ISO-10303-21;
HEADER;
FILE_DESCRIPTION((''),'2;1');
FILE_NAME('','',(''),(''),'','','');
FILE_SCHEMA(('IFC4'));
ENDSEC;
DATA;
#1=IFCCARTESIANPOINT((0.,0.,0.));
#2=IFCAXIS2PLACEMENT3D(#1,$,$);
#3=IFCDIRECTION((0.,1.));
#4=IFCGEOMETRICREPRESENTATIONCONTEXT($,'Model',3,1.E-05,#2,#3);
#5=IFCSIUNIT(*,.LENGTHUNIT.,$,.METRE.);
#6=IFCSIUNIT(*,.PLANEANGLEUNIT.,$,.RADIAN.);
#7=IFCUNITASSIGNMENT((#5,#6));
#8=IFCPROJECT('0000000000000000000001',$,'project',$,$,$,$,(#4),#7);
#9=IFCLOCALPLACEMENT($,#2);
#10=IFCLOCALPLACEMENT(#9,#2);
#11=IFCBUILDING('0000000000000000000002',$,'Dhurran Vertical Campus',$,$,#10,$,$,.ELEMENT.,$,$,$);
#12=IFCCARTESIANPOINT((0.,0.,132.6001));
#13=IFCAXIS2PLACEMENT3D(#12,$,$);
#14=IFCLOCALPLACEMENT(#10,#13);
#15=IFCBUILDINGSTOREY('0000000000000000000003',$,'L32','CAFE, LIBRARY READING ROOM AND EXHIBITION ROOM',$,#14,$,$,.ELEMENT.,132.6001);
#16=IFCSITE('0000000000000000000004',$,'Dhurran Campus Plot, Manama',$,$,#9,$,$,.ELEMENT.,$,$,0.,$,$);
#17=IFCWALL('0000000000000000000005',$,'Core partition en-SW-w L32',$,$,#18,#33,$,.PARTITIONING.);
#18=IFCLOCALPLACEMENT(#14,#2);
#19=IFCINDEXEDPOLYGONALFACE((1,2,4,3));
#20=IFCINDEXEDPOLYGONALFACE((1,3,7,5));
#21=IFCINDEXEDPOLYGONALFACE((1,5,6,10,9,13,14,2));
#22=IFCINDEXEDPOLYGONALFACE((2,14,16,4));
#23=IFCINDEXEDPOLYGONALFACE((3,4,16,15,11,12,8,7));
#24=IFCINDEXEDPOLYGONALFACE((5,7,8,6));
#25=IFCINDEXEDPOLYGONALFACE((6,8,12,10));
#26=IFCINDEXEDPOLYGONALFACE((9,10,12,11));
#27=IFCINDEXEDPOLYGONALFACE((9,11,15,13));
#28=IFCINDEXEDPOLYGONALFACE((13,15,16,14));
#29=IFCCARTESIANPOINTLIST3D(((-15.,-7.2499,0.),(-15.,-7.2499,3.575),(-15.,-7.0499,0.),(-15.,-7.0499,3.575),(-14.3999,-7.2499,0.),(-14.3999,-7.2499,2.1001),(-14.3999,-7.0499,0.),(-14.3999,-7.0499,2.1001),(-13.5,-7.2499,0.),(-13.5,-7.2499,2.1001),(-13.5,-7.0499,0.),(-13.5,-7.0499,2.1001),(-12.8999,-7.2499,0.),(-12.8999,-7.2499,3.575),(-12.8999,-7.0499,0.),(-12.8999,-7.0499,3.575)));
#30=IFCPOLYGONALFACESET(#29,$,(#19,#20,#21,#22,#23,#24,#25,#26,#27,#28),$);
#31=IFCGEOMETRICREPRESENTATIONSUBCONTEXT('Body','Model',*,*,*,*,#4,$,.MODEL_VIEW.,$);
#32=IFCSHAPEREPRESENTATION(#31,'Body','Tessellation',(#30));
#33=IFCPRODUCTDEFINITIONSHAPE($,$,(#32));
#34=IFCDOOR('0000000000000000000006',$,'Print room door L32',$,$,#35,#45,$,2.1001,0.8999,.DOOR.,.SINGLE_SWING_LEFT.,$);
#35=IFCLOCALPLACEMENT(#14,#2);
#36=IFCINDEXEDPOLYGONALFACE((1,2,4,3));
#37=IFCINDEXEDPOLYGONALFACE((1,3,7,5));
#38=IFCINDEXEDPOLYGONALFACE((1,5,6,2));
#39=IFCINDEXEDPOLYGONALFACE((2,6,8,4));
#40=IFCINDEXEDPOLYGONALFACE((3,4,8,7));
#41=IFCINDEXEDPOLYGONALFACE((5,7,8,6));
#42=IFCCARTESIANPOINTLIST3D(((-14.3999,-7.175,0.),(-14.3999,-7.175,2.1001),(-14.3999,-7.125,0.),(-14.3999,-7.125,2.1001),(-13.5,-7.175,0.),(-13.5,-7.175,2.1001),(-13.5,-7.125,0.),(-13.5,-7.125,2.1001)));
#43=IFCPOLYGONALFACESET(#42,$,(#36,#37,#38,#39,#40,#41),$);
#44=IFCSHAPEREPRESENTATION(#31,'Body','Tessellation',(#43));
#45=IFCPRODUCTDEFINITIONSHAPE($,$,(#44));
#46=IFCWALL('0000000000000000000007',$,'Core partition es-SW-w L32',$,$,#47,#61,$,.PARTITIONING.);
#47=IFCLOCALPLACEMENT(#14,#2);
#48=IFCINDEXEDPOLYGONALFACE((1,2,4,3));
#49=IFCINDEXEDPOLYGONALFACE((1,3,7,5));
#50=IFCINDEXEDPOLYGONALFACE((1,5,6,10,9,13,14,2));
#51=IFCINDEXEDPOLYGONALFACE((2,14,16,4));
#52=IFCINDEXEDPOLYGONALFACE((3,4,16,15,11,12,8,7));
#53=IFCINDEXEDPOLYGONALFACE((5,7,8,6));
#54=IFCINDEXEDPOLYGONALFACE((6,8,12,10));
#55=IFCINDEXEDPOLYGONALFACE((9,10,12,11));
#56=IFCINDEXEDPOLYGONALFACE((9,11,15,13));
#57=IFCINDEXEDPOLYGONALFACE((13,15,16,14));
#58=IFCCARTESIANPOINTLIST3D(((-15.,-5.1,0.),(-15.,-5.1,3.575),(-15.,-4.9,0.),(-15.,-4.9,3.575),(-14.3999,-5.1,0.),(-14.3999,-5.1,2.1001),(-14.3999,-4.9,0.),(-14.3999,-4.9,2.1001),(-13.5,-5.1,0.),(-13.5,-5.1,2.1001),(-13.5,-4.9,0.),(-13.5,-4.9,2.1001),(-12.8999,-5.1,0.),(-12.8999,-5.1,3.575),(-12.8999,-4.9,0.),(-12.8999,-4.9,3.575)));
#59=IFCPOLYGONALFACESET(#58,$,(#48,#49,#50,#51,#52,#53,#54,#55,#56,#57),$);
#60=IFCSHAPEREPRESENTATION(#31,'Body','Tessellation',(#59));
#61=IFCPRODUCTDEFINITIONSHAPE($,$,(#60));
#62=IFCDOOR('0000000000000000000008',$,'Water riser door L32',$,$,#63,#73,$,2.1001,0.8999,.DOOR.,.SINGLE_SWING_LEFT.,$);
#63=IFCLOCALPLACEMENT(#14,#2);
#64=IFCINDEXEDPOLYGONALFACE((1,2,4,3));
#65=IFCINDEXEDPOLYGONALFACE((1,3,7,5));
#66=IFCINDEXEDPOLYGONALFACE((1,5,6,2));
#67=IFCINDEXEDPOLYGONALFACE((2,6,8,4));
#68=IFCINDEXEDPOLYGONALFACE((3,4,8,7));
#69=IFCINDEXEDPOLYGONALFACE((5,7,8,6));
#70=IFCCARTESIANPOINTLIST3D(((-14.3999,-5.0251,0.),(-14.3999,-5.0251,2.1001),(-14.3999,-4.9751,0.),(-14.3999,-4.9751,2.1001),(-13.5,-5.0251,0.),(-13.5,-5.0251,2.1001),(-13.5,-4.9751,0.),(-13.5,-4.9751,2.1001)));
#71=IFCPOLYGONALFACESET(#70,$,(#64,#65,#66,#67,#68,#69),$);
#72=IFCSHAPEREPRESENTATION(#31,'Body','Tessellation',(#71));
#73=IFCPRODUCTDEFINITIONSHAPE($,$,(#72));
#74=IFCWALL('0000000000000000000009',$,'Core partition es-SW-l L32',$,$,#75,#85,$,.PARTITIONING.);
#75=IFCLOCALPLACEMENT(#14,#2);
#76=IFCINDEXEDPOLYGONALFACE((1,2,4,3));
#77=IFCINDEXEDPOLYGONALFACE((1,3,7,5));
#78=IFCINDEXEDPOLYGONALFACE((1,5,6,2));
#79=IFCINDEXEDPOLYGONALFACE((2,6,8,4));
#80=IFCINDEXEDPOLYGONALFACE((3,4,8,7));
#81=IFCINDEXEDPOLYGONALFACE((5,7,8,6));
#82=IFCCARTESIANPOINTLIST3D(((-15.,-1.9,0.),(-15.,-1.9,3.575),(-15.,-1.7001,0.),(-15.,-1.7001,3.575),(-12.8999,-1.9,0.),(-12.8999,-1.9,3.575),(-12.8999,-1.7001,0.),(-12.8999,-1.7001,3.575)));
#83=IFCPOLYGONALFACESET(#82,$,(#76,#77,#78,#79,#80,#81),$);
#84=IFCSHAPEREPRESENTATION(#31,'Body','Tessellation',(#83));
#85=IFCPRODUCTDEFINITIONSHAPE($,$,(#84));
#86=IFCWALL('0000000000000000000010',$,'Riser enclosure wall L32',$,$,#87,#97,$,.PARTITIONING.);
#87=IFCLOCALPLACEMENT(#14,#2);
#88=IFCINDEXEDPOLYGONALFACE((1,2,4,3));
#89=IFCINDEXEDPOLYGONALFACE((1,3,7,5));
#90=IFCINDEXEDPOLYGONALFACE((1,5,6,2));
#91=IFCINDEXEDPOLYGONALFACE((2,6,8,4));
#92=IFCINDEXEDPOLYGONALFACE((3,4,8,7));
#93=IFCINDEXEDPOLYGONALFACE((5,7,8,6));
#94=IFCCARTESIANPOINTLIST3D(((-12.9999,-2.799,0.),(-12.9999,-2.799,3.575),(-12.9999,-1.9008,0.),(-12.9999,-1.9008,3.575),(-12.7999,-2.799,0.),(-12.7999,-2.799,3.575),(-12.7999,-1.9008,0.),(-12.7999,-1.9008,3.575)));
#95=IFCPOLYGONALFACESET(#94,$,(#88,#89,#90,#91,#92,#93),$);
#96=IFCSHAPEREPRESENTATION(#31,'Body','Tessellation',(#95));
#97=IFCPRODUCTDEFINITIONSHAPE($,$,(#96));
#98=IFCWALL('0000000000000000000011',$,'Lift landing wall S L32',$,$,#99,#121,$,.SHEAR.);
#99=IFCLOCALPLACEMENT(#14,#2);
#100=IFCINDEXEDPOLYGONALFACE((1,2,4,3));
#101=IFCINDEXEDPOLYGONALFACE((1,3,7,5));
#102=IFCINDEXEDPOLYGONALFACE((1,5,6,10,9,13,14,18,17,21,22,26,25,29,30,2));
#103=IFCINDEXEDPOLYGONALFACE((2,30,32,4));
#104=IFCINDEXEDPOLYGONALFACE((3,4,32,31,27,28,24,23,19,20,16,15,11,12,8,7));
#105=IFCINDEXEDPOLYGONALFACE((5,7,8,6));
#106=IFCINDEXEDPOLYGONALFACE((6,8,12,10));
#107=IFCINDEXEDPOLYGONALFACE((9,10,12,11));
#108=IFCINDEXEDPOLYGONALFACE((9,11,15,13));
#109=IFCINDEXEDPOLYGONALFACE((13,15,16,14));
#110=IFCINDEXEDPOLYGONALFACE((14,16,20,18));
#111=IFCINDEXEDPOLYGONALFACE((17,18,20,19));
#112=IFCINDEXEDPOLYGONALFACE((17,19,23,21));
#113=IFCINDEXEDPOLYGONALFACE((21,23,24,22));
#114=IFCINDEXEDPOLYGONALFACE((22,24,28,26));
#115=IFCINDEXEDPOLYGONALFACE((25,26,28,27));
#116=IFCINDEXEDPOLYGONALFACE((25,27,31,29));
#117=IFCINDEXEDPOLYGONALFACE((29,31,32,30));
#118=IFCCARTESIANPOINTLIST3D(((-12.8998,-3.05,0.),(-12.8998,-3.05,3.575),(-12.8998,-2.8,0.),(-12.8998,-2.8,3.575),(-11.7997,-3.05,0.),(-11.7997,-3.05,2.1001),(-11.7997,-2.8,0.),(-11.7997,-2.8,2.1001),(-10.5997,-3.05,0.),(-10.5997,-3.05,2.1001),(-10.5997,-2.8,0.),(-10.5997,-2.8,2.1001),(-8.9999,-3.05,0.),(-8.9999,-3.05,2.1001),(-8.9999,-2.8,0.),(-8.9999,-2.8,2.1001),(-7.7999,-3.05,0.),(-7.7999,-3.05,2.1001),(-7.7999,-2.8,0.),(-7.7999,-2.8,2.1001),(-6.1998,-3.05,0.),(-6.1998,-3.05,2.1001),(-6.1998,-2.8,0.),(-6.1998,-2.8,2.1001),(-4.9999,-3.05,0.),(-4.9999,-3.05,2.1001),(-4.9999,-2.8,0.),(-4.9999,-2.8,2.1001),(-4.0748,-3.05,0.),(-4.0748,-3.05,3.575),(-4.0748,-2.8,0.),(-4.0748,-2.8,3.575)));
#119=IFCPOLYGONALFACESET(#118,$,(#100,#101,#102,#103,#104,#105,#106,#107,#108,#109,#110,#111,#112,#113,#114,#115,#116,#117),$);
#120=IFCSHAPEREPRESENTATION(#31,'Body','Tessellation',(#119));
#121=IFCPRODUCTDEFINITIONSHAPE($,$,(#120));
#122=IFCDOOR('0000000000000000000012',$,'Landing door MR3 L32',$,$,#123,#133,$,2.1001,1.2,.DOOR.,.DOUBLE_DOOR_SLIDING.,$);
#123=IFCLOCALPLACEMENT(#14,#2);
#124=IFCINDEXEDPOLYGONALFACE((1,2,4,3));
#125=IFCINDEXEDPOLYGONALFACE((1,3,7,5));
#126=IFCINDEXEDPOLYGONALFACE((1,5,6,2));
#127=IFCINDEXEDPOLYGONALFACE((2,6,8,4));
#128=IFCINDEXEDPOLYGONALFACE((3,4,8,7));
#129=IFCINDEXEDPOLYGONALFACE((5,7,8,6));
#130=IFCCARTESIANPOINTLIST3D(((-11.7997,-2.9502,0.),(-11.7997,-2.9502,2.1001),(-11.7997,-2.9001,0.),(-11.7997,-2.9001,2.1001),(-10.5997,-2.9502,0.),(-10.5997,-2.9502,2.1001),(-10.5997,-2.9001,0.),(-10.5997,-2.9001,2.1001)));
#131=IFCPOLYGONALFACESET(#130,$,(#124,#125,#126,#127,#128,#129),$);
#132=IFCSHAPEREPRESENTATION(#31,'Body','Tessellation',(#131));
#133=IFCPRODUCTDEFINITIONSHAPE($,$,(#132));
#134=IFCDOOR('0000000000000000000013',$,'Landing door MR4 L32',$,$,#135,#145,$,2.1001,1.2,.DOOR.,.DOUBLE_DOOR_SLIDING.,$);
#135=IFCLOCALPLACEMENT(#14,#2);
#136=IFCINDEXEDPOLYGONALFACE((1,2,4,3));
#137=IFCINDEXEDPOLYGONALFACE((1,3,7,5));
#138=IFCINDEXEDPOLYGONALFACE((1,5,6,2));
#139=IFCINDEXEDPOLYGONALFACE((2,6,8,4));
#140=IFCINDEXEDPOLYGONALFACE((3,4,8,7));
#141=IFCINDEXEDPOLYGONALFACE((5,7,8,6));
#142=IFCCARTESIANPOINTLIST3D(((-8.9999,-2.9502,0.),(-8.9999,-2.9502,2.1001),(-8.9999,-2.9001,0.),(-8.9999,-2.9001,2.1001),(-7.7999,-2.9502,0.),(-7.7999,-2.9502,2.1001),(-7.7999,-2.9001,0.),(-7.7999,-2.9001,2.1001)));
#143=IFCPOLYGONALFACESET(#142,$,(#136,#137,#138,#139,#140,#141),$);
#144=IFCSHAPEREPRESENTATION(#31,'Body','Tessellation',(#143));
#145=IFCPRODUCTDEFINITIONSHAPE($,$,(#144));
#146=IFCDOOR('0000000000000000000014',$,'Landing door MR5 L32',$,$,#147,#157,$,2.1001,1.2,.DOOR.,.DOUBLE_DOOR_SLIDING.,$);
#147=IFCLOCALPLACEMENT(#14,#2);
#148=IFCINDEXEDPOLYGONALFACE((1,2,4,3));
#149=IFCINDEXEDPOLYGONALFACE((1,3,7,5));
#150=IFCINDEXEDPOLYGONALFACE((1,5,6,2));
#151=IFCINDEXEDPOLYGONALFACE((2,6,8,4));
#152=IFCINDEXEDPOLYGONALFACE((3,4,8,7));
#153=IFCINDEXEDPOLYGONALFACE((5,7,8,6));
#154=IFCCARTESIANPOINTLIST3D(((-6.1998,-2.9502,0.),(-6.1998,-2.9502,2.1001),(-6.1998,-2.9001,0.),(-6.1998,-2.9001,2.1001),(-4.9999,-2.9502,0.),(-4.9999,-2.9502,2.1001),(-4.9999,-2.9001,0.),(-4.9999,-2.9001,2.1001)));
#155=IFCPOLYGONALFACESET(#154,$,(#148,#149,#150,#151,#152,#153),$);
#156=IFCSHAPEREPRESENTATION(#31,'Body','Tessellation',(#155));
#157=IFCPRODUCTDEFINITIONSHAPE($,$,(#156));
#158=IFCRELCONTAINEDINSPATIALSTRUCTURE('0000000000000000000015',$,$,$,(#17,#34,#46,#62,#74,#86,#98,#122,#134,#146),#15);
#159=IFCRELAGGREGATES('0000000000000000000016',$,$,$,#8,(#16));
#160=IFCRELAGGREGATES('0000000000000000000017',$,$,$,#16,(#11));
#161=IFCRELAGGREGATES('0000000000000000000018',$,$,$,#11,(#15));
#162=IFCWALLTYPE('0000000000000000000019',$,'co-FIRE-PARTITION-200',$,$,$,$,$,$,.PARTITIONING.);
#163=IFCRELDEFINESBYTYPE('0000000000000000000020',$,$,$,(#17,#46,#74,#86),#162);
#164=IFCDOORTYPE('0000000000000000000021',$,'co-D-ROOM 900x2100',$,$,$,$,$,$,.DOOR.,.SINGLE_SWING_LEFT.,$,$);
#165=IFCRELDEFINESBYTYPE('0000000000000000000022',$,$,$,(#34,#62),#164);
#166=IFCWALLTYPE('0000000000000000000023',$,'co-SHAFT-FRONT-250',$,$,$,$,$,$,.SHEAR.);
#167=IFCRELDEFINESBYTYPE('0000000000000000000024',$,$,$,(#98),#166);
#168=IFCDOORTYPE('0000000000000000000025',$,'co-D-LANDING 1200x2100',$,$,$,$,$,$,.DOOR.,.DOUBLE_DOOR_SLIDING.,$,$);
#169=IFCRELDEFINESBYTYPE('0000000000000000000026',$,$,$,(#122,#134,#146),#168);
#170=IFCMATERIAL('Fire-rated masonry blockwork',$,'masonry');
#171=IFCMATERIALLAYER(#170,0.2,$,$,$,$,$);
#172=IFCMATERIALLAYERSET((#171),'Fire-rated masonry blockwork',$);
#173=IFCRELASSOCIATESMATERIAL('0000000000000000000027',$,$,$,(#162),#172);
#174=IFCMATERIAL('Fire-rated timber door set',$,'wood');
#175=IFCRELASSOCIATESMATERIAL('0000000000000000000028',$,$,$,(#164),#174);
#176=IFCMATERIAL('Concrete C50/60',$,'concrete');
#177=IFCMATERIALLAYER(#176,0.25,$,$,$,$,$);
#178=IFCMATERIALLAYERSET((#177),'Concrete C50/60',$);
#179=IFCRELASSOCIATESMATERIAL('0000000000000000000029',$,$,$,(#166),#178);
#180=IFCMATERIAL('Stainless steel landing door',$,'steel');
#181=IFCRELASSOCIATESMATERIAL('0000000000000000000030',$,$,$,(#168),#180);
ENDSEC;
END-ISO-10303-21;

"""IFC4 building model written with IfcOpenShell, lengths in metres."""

from ifc_helpers import new_model, si_unit, direction, frame, frame_2d, origin, place, context, subcontext, project, spatial, rectangle, extrude, material, layer, layer_set, type_object, element, fill, save


model = new_model("IFC4")

# Units and contexts
model_context = context("Model", 3, precision=1e-05, world=origin(), true_north=direction((0.0, 1.0)))
body_context = subcontext(model_context, "Body", "Model", "MODEL_VIEW")
ifc_project = project(units=[si_unit("LENGTHUNIT", "METRE"), si_unit("PLANEANGLEUNIT", "RADIAN")], contexts=[model_context])

# Site, building, storey
site_placement = place(None, origin())
site = spatial("IfcSite", under=ifc_project, at=site_placement, Name="Dhurran Campus Plot, Manama", CompositionType="ELEMENT", RefElevation=0.0)
building_placement = place(site_placement, origin())
building = spatial("IfcBuilding", under=site, at=building_placement, Name="Dhurran Vertical Campus", CompositionType="ELEMENT")
storey_placement = place(building_placement, frame((0.0, 0.0, 132.6001)))
storey = spatial("IfcBuildingStorey", under=building, at=storey_placement, Name="L32", Description="CAFE, LIBRARY READING ROOM AND EXHIBITION ROOM", CompositionType="ELEMENT", Elevation=132.6001)

# Walls, openings, doors
ifc_material_1 = material(Name="Fire-rated masonry blockwork", Category="masonry")
ifc_layer_1 = layer(ifc_material_1, 0.2)
ifc_layer_set_1 = layer_set([ifc_layer_1], Name="Fire-rated masonry blockwork")
wall_type_1 = type_object("IfcWallType", Name="co-FIRE-PARTITION-200", PredefinedType="PARTITIONING", material=ifc_layer_set_1)
wall_1_placement = place(storey_placement, frame((-15.0, -7.1499, 0.0), z_axis=(0.0, 0.0, 1.0), x_axis=(1.0, 0.0, 0.0)))
wall_1 = element("IfcWall", 1, at=wall_1_placement, inside=storey, type_object=wall_type_1, Name="Core partition en-SW-w L32", PredefinedType="PARTITIONING", context=body_context, shape_type="SweptSolid", body=[
    extrude(rectangle(XDim=2.1001, YDim=0.2, at=frame_2d((1.05, 0.0))), origin(), (0.0, 0.0, 1.0), 3.575),
])
opening_1_placement = place(wall_1_placement, frame((0.6001, 0.0, 0.0)))
opening_1 = element("IfcOpeningElement", 2, at=opening_1_placement, cuts=wall_1, PredefinedType="OPENING", context=body_context, shape_type="SweptSolid", body=[
    extrude(rectangle(XDim=0.8999, YDim=2.1001, at=frame_2d((0.45, 1.05))), frame((0.0, 0.1099, 0.0), z_axis=(0.0, -1.0, 0.0), x_axis=(1.0, 0.0, 0.0)), (0.0, 0.0, 1.0), 0.22),
])
ifc_material_2 = material(Name="Fire-rated timber door set", Category="wood")
door_type_1 = type_object("IfcDoorType", Name="co-D-ROOM 900x2100", OperationType="SINGLE_SWING_LEFT", PredefinedType="DOOR", material=ifc_material_2)
door_1_placement = place(opening_1_placement, origin())
door_1 = element("IfcDoor", 3, at=door_1_placement, inside=storey, type_object=door_type_1, Name="Print room door L32", OperationType="SINGLE_SWING_LEFT", OverallHeight=2.1001, OverallWidth=0.8999, PredefinedType="DOOR", context=body_context, shape_type="SweptSolid", body=[
    extrude(rectangle(XDim=0.8999, YDim=2.1001, at=frame_2d((0.45, 1.05))), frame((0.0, 0.0249, 0.0), z_axis=(0.0, -1.0, 0.0), x_axis=(1.0, 0.0, 0.0)), (0.0, 0.0, 1.0), 0.05),
])
fill(opening_1, door_1)
wall_2_placement = place(storey_placement, frame((-15.0, -5.0, 0.0), z_axis=(0.0, 0.0, 1.0), x_axis=(1.0, 0.0, 0.0)))
wall_2 = element("IfcWall", 4, at=wall_2_placement, inside=storey, type_object=wall_type_1, Name="Core partition es-SW-w L32", PredefinedType="PARTITIONING", context=body_context, shape_type="SweptSolid", body=[
    extrude(rectangle(XDim=2.1001, YDim=0.2, at=frame_2d((1.05, 0.0))), origin(), (0.0, 0.0, 1.0), 3.575),
])
opening_2_placement = place(wall_2_placement, frame((0.6001, 0.0, 0.0)))
opening_2 = element("IfcOpeningElement", 5, at=opening_2_placement, cuts=wall_2, PredefinedType="OPENING", context=body_context, shape_type="SweptSolid", body=[
    extrude(rectangle(XDim=0.8999, YDim=2.1001, at=frame_2d((0.45, 1.05))), frame((0.0, 0.1099, 0.0), z_axis=(0.0, -1.0, 0.0), x_axis=(1.0, 0.0, 0.0)), (0.0, 0.0, 1.0), 0.22),
])
door_2_placement = place(opening_2_placement, origin())
door_2 = element("IfcDoor", 6, at=door_2_placement, inside=storey, type_object=door_type_1, Name="Water riser door L32", OperationType="SINGLE_SWING_LEFT", OverallHeight=2.1001, OverallWidth=0.8999, PredefinedType="DOOR", context=body_context, shape_type="SweptSolid", body=[
    extrude(rectangle(XDim=0.8999, YDim=2.1001, at=frame_2d((0.45, 1.05))), frame((0.0, 0.0249, 0.0), z_axis=(0.0, -1.0, 0.0), x_axis=(1.0, 0.0, 0.0)), (0.0, 0.0, 1.0), 0.05),
])
fill(opening_2, door_2)

# Walls
wall_3_placement = place(storey_placement, frame((-15.0, -1.8, 0.0), z_axis=(0.0, 0.0, 1.0), x_axis=(1.0, 0.0, 0.0)))
element("IfcWall", 7, at=wall_3_placement, inside=storey, type_object=wall_type_1, Name="Core partition es-SW-l L32", PredefinedType="PARTITIONING", context=body_context, shape_type="SweptSolid", body=[
    extrude(rectangle(XDim=2.1001, YDim=0.2, at=frame_2d((1.05, 0.0))), origin(), (0.0, 0.0, 1.0), 3.575),
])
wall_4_placement = place(storey_placement, frame((-12.8999, -2.7991, 0.0), z_axis=(0.0, 0.0, 1.0), x_axis=(0.0, 1.0, 0.0)))
element("IfcWall", 8, at=wall_4_placement, inside=storey, type_object=wall_type_1, Name="Riser enclosure wall L32", PredefinedType="PARTITIONING", context=body_context, shape_type="SweptSolid", body=[
    extrude(rectangle(XDim=0.8982, YDim=0.2, at=frame_2d((0.4492, 0.0))), origin(), (0.0, 0.0, 1.0), 3.575),
])

# Wall, openings, doors
ifc_material_3 = material(Name="Concrete C50/60", Category="concrete")
ifc_layer_2 = layer(ifc_material_3, 0.25)
ifc_layer_set_2 = layer_set([ifc_layer_2], Name="Concrete C50/60")
wall_type_2 = type_object("IfcWallType", Name="co-SHAFT-FRONT-250", PredefinedType="SHEAR", material=ifc_layer_set_2)
wall_5_placement = place(storey_placement, frame((-12.8999, -2.925, 0.0), z_axis=(0.0, 0.0, 1.0), x_axis=(1.0, 0.0, 0.0)))
wall_5 = element("IfcWall", 9, at=wall_5_placement, inside=storey, type_object=wall_type_2, Name="Lift landing wall S L32", PredefinedType="SHEAR", context=body_context, shape_type="SweptSolid", body=[
    extrude(rectangle(XDim=8.825, YDim=0.25, at=frame_2d((4.4126, 0.0))), origin(), (0.0, 0.0, 1.0), 3.575),
])
opening_3_placement = place(wall_5_placement, frame((1.1001, 0.0, 0.0)))
opening_3 = element("IfcOpeningElement", 10, at=opening_3_placement, cuts=wall_5, PredefinedType="OPENING", context=body_context, shape_type="SweptSolid", body=[
    extrude(rectangle(XDim=1.2, YDim=2.1001, at=frame_2d((0.6001, 1.05))), frame((0.0, 0.135, 0.0), z_axis=(0.0, -1.0, 0.0), x_axis=(1.0, 0.0, 0.0)), (0.0, 0.0, 1.0), 0.27),
])
opening_4_placement = place(wall_5_placement, frame((3.8999, 0.0, 0.0)))
opening_4 = element("IfcOpeningElement", 11, at=opening_4_placement, cuts=wall_5, PredefinedType="OPENING", context=body_context, shape_type="SweptSolid", body=[
    extrude(rectangle(XDim=1.2, YDim=2.1001, at=frame_2d((0.6001, 1.05))), frame((0.0, 0.135, 0.0), z_axis=(0.0, -1.0, 0.0), x_axis=(1.0, 0.0, 0.0)), (0.0, 0.0, 1.0), 0.27),
])
opening_5_placement = place(wall_5_placement, frame((6.7, 0.0, 0.0)))
opening_5 = element("IfcOpeningElement", 12, at=opening_5_placement, cuts=wall_5, PredefinedType="OPENING", context=body_context, shape_type="SweptSolid", body=[
    extrude(rectangle(XDim=1.2, YDim=2.1001, at=frame_2d((0.6001, 1.05))), frame((0.0, 0.135, 0.0), z_axis=(0.0, -1.0, 0.0), x_axis=(1.0, 0.0, 0.0)), (0.0, 0.0, 1.0), 0.27),
])
ifc_material_4 = material(Name="Stainless steel landing door", Category="steel")
door_type_2 = type_object("IfcDoorType", Name="co-D-LANDING 1200x2100", OperationType="DOUBLE_DOOR_SLIDING", PredefinedType="DOOR", material=ifc_material_4)
door_3_placement = place(opening_3_placement, origin())
door_3 = element("IfcDoor", 13, at=door_3_placement, inside=storey, type_object=door_type_2, Name="Landing door MR3 L32", OperationType="DOUBLE_DOOR_SLIDING", OverallHeight=2.1001, OverallWidth=1.2, PredefinedType="DOOR", context=body_context, shape_type="SweptSolid", body=[
    extrude(rectangle(XDim=1.2, YDim=2.1001, at=frame_2d((0.6001, 1.05))), frame((0.0, 0.0249, 0.0), z_axis=(0.0, -1.0, 0.0), x_axis=(1.0, 0.0, 0.0)), (0.0, 0.0, 1.0), 0.05),
])
fill(opening_3, door_3)
door_4_placement = place(opening_4_placement, origin())
door_4 = element("IfcDoor", 14, at=door_4_placement, inside=storey, type_object=door_type_2, Name="Landing door MR4 L32", OperationType="DOUBLE_DOOR_SLIDING", OverallHeight=2.1001, OverallWidth=1.2, PredefinedType="DOOR", context=body_context, shape_type="SweptSolid", body=[
    extrude(rectangle(XDim=1.2, YDim=2.1001, at=frame_2d((0.6001, 1.05))), frame((0.0, 0.0249, 0.0), z_axis=(0.0, -1.0, 0.0), x_axis=(1.0, 0.0, 0.0)), (0.0, 0.0, 1.0), 0.05),
])
fill(opening_4, door_4)
door_5_placement = place(opening_5_placement, origin())
door_5 = element("IfcDoor", 15, at=door_5_placement, inside=storey, type_object=door_type_2, Name="Landing door MR5 L32", OperationType="DOUBLE_DOOR_SLIDING", OverallHeight=2.1001, OverallWidth=1.2, PredefinedType="DOOR", context=body_context, shape_type="SweptSolid", body=[
    extrude(rectangle(XDim=1.2, YDim=2.1001, at=frame_2d((0.6001, 1.05))), frame((0.0, 0.0249, 0.0), z_axis=(0.0, -1.0, 0.0), x_axis=(1.0, 0.0, 0.0)), (0.0, 0.0, 1.0), 0.05),
])
fill(opening_5, door_5)

save(model, "model.ifc")
